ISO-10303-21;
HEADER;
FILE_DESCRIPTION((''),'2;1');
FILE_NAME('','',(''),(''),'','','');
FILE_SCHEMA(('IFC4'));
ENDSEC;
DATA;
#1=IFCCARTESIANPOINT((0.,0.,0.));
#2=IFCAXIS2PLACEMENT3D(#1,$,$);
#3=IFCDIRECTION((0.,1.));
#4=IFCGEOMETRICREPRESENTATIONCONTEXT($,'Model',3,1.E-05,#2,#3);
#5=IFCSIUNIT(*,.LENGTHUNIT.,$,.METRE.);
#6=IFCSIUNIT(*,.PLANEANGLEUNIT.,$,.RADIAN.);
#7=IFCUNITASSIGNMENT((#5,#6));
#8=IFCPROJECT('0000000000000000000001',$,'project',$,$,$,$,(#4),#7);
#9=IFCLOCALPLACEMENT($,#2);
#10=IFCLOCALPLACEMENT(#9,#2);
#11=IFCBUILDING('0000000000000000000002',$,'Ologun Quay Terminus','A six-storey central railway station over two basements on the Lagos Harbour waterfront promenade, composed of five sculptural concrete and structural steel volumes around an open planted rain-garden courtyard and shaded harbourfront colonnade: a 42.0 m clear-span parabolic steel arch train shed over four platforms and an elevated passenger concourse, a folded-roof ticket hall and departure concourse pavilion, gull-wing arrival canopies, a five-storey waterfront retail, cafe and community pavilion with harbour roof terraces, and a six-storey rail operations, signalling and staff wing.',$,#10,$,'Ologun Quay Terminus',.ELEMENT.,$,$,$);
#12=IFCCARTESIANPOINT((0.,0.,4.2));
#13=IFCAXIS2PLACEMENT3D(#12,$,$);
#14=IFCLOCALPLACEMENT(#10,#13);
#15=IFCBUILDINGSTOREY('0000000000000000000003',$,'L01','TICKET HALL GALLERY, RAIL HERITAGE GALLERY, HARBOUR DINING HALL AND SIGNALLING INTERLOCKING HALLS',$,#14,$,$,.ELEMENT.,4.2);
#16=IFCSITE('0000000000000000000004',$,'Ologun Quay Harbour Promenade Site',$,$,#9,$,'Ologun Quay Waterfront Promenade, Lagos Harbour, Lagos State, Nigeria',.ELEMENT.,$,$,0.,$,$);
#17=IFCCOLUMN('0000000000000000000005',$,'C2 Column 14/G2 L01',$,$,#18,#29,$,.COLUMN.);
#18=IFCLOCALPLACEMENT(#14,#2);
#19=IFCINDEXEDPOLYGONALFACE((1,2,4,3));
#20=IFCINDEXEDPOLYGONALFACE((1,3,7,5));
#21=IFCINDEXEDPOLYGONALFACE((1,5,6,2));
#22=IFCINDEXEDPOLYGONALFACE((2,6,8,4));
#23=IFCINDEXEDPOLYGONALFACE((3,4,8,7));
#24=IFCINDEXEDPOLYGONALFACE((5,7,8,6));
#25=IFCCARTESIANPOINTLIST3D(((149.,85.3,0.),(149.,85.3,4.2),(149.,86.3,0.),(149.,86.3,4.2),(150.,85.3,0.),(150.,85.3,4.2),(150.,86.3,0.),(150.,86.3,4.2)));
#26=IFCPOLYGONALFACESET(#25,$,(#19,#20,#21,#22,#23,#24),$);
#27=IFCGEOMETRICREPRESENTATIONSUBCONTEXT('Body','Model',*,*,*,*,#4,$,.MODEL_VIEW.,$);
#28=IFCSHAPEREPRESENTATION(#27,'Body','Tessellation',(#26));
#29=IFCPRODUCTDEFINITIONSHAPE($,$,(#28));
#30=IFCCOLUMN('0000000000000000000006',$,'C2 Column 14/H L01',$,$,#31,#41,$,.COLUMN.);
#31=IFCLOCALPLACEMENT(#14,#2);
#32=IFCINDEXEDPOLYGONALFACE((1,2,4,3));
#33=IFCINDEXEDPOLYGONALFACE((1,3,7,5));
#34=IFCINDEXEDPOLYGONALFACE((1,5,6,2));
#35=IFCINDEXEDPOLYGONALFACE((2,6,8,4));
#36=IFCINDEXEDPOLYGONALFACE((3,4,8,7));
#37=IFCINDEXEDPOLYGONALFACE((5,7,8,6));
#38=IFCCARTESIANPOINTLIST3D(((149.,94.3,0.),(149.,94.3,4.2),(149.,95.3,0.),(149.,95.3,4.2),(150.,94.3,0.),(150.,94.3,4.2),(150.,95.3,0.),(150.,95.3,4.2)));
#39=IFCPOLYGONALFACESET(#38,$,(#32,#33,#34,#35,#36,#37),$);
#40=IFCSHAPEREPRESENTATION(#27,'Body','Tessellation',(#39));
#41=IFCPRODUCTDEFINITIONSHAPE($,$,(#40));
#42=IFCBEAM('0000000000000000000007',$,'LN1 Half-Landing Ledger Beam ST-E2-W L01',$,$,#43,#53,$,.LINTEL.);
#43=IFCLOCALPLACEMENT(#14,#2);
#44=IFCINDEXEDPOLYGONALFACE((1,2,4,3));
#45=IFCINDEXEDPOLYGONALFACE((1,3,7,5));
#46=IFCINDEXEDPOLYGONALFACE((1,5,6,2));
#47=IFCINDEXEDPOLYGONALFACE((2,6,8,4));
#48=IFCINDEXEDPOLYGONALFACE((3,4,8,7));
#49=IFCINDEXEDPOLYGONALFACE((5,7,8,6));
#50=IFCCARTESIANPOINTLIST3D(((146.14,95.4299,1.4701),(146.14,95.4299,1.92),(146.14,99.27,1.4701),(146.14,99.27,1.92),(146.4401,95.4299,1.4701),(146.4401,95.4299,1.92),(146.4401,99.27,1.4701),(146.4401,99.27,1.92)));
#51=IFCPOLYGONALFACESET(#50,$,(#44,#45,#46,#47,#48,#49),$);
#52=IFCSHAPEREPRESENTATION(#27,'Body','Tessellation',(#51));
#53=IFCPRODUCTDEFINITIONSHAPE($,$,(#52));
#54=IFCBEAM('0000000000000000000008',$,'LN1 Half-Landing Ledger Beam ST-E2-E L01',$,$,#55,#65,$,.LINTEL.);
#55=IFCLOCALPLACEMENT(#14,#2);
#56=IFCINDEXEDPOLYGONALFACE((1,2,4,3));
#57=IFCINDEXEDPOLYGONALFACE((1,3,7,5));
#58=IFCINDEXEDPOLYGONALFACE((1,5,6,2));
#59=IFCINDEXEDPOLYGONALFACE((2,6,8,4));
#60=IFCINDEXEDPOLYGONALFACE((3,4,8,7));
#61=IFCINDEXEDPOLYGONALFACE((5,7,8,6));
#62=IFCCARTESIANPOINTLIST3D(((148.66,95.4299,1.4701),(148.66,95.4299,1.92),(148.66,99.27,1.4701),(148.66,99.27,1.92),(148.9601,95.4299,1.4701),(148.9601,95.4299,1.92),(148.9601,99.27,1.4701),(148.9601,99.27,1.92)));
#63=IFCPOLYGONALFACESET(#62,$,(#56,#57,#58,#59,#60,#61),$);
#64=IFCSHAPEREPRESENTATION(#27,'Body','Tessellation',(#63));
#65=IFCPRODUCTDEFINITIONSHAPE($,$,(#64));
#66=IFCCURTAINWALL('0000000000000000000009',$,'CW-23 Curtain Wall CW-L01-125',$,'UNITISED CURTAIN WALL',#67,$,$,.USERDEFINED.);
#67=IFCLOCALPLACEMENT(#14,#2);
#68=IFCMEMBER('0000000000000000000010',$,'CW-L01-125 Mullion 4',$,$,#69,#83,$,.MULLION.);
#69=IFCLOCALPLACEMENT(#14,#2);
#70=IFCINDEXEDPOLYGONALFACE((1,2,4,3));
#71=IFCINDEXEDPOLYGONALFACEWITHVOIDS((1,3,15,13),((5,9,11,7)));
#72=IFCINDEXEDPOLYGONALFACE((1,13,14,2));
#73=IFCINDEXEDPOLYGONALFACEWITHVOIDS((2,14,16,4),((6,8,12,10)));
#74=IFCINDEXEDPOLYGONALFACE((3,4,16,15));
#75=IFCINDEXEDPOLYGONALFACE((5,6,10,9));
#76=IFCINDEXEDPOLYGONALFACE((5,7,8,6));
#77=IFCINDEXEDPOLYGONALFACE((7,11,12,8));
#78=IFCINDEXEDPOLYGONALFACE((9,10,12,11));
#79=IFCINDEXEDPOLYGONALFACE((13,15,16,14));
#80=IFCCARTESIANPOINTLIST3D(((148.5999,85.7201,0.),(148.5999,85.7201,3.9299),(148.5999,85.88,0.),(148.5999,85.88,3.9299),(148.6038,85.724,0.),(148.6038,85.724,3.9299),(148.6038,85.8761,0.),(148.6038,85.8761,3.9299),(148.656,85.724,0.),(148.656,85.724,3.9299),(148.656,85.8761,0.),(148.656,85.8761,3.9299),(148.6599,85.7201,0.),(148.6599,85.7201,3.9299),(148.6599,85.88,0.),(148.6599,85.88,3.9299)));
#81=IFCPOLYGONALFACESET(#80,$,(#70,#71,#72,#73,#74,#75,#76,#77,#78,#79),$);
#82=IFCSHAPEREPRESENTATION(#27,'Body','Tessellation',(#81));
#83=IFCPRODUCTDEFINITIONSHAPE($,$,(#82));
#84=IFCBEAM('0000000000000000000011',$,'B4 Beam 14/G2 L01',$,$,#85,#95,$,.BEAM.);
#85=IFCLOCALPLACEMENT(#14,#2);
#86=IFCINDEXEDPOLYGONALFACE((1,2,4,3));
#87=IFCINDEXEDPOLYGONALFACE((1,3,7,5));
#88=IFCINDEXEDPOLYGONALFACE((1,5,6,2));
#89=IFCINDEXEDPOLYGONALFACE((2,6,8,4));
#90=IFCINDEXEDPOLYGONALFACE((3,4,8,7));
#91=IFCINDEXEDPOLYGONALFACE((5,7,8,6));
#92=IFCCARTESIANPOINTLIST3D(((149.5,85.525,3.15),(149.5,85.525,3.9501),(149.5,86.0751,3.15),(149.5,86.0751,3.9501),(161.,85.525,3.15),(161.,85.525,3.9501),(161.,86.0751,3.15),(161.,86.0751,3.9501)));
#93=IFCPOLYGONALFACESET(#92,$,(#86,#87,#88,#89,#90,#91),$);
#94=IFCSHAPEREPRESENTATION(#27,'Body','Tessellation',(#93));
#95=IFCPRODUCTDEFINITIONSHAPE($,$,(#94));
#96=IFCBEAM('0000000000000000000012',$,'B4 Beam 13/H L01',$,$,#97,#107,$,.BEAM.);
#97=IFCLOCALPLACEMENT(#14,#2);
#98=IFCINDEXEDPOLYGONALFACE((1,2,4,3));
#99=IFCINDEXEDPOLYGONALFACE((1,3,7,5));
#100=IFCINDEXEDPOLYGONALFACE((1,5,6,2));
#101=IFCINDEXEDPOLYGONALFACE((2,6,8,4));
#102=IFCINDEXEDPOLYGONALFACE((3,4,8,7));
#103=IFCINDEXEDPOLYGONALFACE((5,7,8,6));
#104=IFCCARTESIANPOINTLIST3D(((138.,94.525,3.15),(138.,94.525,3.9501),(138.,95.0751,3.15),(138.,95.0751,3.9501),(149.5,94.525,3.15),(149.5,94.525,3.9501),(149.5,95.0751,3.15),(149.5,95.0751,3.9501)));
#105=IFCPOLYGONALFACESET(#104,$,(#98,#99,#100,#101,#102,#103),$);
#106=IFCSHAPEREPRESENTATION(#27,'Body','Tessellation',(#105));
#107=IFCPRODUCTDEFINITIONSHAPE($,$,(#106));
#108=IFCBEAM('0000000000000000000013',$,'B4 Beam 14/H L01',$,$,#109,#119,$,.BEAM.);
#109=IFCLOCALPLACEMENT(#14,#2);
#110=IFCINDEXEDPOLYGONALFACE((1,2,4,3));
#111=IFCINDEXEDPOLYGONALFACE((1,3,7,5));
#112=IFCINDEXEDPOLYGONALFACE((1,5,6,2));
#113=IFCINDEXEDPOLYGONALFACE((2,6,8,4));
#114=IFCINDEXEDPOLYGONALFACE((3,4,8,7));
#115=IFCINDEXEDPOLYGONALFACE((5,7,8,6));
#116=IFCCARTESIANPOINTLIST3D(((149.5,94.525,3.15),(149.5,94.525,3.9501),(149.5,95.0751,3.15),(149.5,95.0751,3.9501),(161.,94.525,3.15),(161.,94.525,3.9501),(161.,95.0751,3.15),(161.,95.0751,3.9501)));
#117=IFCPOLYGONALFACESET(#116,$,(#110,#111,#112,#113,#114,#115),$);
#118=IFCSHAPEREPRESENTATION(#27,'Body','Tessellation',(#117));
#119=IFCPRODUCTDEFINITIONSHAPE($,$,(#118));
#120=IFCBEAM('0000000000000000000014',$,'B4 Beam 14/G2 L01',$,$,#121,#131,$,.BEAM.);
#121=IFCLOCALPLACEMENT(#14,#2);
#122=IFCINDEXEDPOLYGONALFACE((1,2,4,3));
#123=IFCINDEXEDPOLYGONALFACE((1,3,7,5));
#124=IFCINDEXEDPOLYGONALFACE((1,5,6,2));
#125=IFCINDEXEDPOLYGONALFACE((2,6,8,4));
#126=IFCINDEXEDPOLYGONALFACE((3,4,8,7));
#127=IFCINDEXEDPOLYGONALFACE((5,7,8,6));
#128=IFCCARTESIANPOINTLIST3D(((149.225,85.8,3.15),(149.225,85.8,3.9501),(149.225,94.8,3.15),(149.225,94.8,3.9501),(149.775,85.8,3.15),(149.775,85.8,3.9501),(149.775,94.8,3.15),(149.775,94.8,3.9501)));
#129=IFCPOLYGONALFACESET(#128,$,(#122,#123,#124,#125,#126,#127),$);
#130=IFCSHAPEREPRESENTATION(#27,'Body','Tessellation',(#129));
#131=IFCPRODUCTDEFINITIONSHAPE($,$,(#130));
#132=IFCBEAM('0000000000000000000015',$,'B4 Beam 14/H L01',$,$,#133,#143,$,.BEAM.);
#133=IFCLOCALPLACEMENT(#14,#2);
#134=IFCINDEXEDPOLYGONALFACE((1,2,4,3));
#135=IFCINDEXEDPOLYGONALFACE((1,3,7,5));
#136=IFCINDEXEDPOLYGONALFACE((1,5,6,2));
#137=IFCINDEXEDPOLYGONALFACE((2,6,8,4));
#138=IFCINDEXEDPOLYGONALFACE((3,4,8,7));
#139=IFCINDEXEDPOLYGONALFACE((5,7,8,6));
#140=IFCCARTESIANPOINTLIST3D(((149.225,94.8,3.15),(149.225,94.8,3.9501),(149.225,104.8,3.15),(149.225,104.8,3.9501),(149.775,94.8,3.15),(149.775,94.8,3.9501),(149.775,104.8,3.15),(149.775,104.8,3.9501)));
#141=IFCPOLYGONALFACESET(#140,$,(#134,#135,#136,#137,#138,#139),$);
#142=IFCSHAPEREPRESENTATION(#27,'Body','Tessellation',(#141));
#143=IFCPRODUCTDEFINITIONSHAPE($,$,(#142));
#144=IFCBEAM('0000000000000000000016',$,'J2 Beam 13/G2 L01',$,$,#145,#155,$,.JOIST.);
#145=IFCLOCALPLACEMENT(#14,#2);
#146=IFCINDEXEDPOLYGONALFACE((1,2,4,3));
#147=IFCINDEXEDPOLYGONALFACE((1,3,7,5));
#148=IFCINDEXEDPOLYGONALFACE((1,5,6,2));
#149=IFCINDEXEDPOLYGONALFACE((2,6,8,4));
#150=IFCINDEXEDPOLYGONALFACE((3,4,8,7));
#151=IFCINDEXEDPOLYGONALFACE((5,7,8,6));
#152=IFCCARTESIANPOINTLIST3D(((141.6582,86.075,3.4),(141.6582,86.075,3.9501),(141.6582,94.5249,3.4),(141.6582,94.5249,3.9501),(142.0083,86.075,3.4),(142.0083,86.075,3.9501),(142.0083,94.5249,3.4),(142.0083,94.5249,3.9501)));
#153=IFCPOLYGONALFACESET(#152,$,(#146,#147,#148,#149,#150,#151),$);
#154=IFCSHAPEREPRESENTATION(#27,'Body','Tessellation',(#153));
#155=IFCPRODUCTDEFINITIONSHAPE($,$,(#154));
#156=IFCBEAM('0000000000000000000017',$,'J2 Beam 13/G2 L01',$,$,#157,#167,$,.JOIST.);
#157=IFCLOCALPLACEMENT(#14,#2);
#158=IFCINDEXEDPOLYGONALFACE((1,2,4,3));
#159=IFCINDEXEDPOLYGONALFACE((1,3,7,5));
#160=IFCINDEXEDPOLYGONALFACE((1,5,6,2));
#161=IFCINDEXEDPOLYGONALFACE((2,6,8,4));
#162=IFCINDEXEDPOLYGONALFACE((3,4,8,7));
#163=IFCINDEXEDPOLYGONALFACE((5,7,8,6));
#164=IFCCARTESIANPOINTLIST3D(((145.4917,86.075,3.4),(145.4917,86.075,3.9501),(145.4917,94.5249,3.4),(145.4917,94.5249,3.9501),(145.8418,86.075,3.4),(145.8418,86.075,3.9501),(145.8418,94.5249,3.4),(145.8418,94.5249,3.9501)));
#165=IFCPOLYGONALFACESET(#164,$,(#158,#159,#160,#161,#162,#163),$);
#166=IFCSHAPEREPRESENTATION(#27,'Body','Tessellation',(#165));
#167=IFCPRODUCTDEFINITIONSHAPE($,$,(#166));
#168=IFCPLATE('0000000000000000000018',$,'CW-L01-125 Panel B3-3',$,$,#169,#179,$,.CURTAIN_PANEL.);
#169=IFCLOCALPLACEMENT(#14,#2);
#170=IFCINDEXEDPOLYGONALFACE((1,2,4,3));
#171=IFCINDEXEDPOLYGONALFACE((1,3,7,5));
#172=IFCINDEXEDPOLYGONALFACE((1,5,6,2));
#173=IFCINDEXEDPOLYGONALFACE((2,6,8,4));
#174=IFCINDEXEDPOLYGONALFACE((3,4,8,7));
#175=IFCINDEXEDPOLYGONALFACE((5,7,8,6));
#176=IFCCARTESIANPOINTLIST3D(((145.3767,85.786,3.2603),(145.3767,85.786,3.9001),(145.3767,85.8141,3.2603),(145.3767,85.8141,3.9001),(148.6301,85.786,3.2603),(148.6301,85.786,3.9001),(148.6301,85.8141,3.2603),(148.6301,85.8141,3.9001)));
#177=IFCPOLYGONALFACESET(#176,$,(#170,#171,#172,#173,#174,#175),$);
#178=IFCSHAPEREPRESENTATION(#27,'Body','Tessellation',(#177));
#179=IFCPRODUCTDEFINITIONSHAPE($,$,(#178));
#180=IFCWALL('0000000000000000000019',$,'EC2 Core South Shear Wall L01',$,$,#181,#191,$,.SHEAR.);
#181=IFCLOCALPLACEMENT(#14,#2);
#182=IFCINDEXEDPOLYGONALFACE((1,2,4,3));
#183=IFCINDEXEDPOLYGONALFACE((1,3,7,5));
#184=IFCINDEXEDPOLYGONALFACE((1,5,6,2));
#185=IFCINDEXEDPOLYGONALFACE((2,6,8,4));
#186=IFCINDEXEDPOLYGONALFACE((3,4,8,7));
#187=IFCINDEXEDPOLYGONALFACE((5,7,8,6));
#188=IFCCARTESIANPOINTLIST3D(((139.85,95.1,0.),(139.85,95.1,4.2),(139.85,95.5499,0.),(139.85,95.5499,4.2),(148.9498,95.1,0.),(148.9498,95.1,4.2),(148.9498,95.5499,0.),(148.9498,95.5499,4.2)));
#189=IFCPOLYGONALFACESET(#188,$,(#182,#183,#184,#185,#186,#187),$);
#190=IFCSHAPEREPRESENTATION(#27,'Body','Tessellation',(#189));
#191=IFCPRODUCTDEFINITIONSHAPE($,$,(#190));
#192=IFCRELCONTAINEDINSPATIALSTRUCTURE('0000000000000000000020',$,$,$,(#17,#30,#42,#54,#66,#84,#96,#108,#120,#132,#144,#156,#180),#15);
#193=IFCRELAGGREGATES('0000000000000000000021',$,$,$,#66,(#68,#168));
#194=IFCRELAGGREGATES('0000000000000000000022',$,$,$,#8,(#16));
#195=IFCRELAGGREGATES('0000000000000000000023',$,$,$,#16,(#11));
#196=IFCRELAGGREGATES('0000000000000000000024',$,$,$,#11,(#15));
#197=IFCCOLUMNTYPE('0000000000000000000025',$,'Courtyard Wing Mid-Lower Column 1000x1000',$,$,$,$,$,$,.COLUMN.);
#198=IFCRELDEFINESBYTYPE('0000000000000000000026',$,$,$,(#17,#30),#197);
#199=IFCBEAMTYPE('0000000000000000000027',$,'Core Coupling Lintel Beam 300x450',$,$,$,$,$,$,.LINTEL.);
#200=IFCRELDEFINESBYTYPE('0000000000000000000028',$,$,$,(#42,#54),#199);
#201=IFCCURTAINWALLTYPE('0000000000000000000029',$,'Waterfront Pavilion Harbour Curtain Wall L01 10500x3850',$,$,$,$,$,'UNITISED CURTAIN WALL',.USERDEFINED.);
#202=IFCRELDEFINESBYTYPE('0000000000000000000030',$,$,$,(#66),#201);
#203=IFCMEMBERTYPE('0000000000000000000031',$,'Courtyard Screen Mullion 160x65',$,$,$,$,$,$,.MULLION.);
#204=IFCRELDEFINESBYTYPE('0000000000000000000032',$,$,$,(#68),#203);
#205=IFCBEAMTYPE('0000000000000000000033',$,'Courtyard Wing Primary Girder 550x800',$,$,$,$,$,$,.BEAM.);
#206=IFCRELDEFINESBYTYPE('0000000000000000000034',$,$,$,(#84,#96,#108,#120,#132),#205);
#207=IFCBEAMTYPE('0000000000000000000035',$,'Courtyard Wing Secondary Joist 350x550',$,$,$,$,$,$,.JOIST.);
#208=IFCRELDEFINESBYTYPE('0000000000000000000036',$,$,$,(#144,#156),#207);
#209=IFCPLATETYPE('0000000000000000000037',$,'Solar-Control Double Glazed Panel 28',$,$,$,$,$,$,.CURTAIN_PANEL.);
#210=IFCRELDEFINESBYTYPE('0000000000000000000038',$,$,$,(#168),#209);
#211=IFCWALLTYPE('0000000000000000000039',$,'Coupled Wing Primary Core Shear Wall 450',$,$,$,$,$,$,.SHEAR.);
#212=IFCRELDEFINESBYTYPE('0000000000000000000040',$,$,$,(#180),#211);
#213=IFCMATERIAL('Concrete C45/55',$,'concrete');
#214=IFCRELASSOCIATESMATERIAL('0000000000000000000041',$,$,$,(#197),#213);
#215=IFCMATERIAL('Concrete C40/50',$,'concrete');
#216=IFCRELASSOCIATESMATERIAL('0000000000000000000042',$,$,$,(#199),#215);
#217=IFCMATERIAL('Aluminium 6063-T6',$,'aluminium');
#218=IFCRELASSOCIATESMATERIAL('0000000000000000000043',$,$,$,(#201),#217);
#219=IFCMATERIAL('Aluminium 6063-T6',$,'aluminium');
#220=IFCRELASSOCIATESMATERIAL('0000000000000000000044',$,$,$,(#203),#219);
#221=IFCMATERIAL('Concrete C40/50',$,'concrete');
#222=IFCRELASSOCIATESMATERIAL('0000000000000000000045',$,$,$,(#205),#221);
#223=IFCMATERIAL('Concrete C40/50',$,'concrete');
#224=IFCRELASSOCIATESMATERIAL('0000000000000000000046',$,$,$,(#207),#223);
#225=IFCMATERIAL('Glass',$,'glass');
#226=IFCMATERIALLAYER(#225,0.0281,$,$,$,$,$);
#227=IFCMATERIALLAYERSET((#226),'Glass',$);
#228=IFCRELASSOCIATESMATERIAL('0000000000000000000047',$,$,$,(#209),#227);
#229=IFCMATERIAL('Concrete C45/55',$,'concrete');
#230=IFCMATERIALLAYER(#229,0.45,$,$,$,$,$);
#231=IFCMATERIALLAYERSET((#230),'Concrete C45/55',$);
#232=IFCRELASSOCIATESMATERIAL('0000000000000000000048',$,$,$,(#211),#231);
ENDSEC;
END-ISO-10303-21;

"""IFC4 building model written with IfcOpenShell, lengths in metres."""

from ifc_helpers import new_model, si_unit, direction, frame, frame_2d, origin, origin_2d, place, context, subcontext, project, spatial, rectangle, hollow_rectangle, extrude, material, layer, layer_set, material_profile, profile_set, type_object, element, aggregate, save


model = new_model("IFC4")

# Units and contexts
model_context = context("Model", 3, precision=1e-05, world=origin(), true_north=direction((0.0, 1.0)))
body_context = subcontext(model_context, "Body", "Model", "MODEL_VIEW")
ifc_project = project(units=[si_unit("LENGTHUNIT", "METRE"), si_unit("PLANEANGLEUNIT", "RADIAN")], contexts=[model_context])

# Site, building, storey
site_placement = place(None, origin())
site = spatial("IfcSite", under=ifc_project, at=site_placement, Name="Ologun Quay Harbour Promenade Site", LongName="Ologun Quay Waterfront Promenade, Lagos Harbour, Lagos State, Nigeria", CompositionType="ELEMENT", RefElevation=0.0)
building_placement = place(site_placement, origin())
building = spatial("IfcBuilding", under=site, at=building_placement, Name="Ologun Quay Terminus", Description="A six-storey central railway station over two basements on the Lagos Harbour waterfront promenade, composed of five sculptural concrete and structural steel volumes around an open planted rain-garden courtyard and shaded harbourfront colonnade: a 42.0 m clear-span parabolic steel arch train shed over four platforms and an elevated passenger concourse, a folded-roof ticket hall and departure concourse pavilion, gull-wing arrival canopies, a five-storey waterfront retail, cafe and community pavilion with harbour roof terraces, and a six-storey rail operations, signalling and staff wing.", LongName="Ologun Quay Terminus", CompositionType="ELEMENT")
storey_placement = place(building_placement, frame((0.0, 0.0, 4.2)))
storey = spatial("IfcBuildingStorey", under=building, at=storey_placement, Name="L01", Description="TICKET HALL GALLERY, RAIL HERITAGE GALLERY, HARBOUR DINING HALL AND SIGNALLING INTERLOCKING HALLS", CompositionType="ELEMENT", Elevation=4.2)

# Columns
ifc_material_1 = material(Name="Concrete C45/55", Category="concrete")
ifc_material_profile_1 = material_profile(ifc_material_1, rectangle(XDim=1.0, YDim=1.0, at=origin_2d()), Name="RC 1000x1000")
ifc_profile_set_1 = profile_set([ifc_material_profile_1], Name="Concrete C45/55")
column_type = type_object("IfcColumnType", Name="Courtyard Wing Mid-Lower Column 1000x1000", PredefinedType="COLUMN", material=ifc_profile_set_1)
for number, where, z_axis, x_axis, name in (
    (1, (149.5, 85.8, 0.0), (0.0, 0.0, 1.0), (1.0, 0.0, 0.0), "C2 Column 14/G2 L01"),
    (2, (149.5, 94.8, 0.0), (0.0, 0.0, 1.0), (1.0, 0.0, 0.0), "C2 Column 14/H L01"),
):
    element("IfcColumn", number, at=place(storey_placement, frame(where, z_axis=z_axis, x_axis=x_axis)), inside=storey, type_object=column_type, Name=name, PredefinedType="COLUMN", context=body_context, shape_type="SweptSolid", body=[
        extrude(rectangle(XDim=1.0, YDim=1.0, at=origin_2d()), origin(), (0.0, 0.0, 1.0), 4.2),
    ])

# Beams
ifc_material_2 = material(Name="Concrete C40/50", Category="concrete")
ifc_material_profile_2 = material_profile(ifc_material_2, rectangle(XDim=0.3, YDim=0.45, at=origin_2d()), Name="RC 300x450")
ifc_profile_set_2 = profile_set([ifc_material_profile_2], Name="Concrete C40/50")
beam_type_1 = type_object("IfcBeamType", Name="Core Coupling Lintel Beam 300x450", PredefinedType="LINTEL", material=ifc_profile_set_2)
for number, where, z_axis, x_axis, name in (
    (3, (146.29, 95.4299, 1.6951), (0.0, 1.0, 0.0), (-1.0, 0.0, 0.0), "LN1 Half-Landing Ledger Beam ST-E2-W L01"),
    (4, (148.8101, 95.4299, 1.6951), (0.0, 1.0, 0.0), (-1.0, 0.0, 0.0), "LN1 Half-Landing Ledger Beam ST-E2-E L01"),
):
    element("IfcBeam", number, at=place(storey_placement, frame(where, z_axis=z_axis, x_axis=x_axis)), inside=storey, type_object=beam_type_1, Name=name, PredefinedType="LINTEL", context=body_context, shape_type="SweptSolid", body=[
        extrude(rectangle(XDim=0.3, YDim=0.45, at=origin_2d()), origin(), (0.0, 0.0, 1.0), 3.8401),
    ])

# Curtain wall, member
ifc_material_3 = material(Name="Aluminium 6063-T6", Category="aluminium")
curtain_wall_type = type_object("IfcCurtainWallType", Name="Waterfront Pavilion Harbour Curtain Wall L01 10500x3850", ElementType="UNITISED CURTAIN WALL", PredefinedType="USERDEFINED", material=ifc_material_3)
curtain_wall_placement = place(storey_placement, origin())
curtain_wall = element("IfcCurtainWall", 5, at=curtain_wall_placement, inside=storey, type_object=curtain_wall_type, Name="CW-23 Curtain Wall CW-L01-125", ObjectType="UNITISED CURTAIN WALL", PredefinedType="USERDEFINED")
ifc_material_4 = material(Name="Aluminium 6063-T6", Category="aluminium")
ifc_material_profile_3 = material_profile(ifc_material_4, hollow_rectangle(XDim=0.0601, YDim=0.1599, WallThickness=0.0039, at=origin_2d()), Name="ALU 160x60x4")
ifc_profile_set_3 = profile_set([ifc_material_profile_3], Name="Aluminium 6063-T6")
member_type = type_object("IfcMemberType", Name="Courtyard Screen Mullion 160x65", PredefinedType="MULLION", material=ifc_profile_set_3)
member_placement = place(storey_placement, frame((148.6299, 85.8, 0.0), z_axis=(0.0, 0.0, 1.0), x_axis=(1.0, 0.0, 0.0)))
member = element("IfcMember", 6, at=member_placement, type_object=member_type, Name="CW-L01-125 Mullion 4", PredefinedType="MULLION", context=body_context, shape_type="SweptSolid", body=[
    extrude(hollow_rectangle(XDim=0.0601, YDim=0.1599, WallThickness=0.0039, at=origin_2d()), origin(), (0.0, 0.0, 1.0), 3.9299),
])

# Beams
ifc_material_5 = material(Name="Concrete C40/50", Category="concrete")
ifc_material_profile_4 = material_profile(ifc_material_5, rectangle(XDim=0.55, YDim=0.8, at=origin_2d()), Name="RC 550x800")
ifc_profile_set_4 = profile_set([ifc_material_profile_4], Name="Concrete C40/50")
beam_type_2 = type_object("IfcBeamType", Name="Courtyard Wing Primary Girder 550x800", PredefinedType="BEAM", material=ifc_profile_set_4)
for number, where, z_axis, x_axis, name in (
    (7, (149.5, 85.8, 3.55), (1.0, 0.0, 0.0), (0.0, 1.0, 0.0), "B4 Beam 14/G2 L01"),
    (8, (138.0, 94.8, 3.55), (1.0, 0.0, 0.0), (0.0, 1.0, 0.0), "B4 Beam 13/H L01"),
    (9, (149.5, 94.8, 3.55), (1.0, 0.0, 0.0), (0.0, 1.0, 0.0), "B4 Beam 14/H L01"),
):
    element("IfcBeam", number, at=place(storey_placement, frame(where, z_axis=z_axis, x_axis=x_axis)), inside=storey, type_object=beam_type_2, Name=name, PredefinedType="BEAM", context=body_context, shape_type="SweptSolid", body=[
        extrude(rectangle(XDim=0.55, YDim=0.8, at=origin_2d()), origin(), (0.0, 0.0, 1.0), 11.5),
    ])
beam_1_placement = place(storey_placement, frame((149.5, 85.8, 3.55), z_axis=(0.0, 1.0, 0.0), x_axis=(-1.0, 0.0, 0.0)))
element("IfcBeam", 10, at=beam_1_placement, inside=storey, type_object=beam_type_2, Name="B4 Beam 14/G2 L01", PredefinedType="BEAM", context=body_context, shape_type="SweptSolid", body=[
    extrude(rectangle(XDim=0.55, YDim=0.8, at=origin_2d()), origin(), (0.0, 0.0, 1.0), 9.0),
])
beam_2_placement = place(storey_placement, frame((149.5, 94.8, 3.55), z_axis=(0.0, 1.0, 0.0), x_axis=(-1.0, 0.0, 0.0)))
element("IfcBeam", 11, at=beam_2_placement, inside=storey, type_object=beam_type_2, Name="B4 Beam 14/H L01", PredefinedType="BEAM", context=body_context, shape_type="SweptSolid", body=[
    extrude(rectangle(XDim=0.55, YDim=0.8, at=origin_2d()), origin(), (0.0, 0.0, 1.0), 10.0),
])
ifc_material_6 = material(Name="Concrete C40/50", Category="concrete")
ifc_material_profile_5 = material_profile(ifc_material_6, rectangle(XDim=0.3501, YDim=0.55, at=origin_2d()), Name="RC 350x550")
ifc_profile_set_5 = profile_set([ifc_material_profile_5], Name="Concrete C40/50")
beam_type_3 = type_object("IfcBeamType", Name="Courtyard Wing Secondary Joist 350x550", PredefinedType="JOIST", material=ifc_profile_set_5)
for number, where, z_axis, x_axis, name in (
    (12, (141.8333, 86.075, 3.675), (0.0, 1.0, 0.0), (-1.0, 0.0, 0.0), "J2 Beam 13/G2 L01"),
    (13, (145.6667, 86.075, 3.675), (0.0, 1.0, 0.0), (-1.0, 0.0, 0.0), "J2 Beam 13/G2 L01"),
):
    element("IfcBeam", number, at=place(storey_placement, frame(where, z_axis=z_axis, x_axis=x_axis)), inside=storey, type_object=beam_type_3, Name=name, PredefinedType="JOIST", context=body_context, shape_type="SweptSolid", body=[
        extrude(rectangle(XDim=0.3501, YDim=0.55, at=origin_2d()), origin(), (0.0, 0.0, 1.0), 8.45),
    ])

# Plate
ifc_material_7 = material(Name="Glass", Category="glass")
ifc_layer_1 = layer(ifc_material_7, 0.0281)
ifc_layer_set_1 = layer_set([ifc_layer_1], Name="Glass")
plate_type = type_object("IfcPlateType", Name="Solar-Control Double Glazed Panel 28", PredefinedType="CURTAIN_PANEL", material=ifc_layer_set_1)
plate_placement = place(storey_placement, frame((147.0034, 85.8, 3.2603), z_axis=(0.0, 0.0, 1.0), x_axis=(1.0, 0.0, 0.0)))
plate = element("IfcPlate", 14, at=plate_placement, type_object=plate_type, Name="CW-L01-125 Panel B3-3", PredefinedType="CURTAIN_PANEL", context=body_context, shape_type="SweptSolid", body=[
    extrude(rectangle(XDim=3.2534, YDim=0.0281, at=origin_2d()), origin(), (0.0, 0.0, 1.0), 0.6399),
])
aggregate(curtain_wall, [member, plate])

# Wall
ifc_material_8 = material(Name="Concrete C45/55", Category="concrete")
ifc_layer_2 = layer(ifc_material_8, 0.45)
ifc_layer_set_2 = layer_set([ifc_layer_2], Name="Concrete C45/55")
wall_type_1 = type_object("IfcWallType", Name="Coupled Wing Primary Core Shear Wall 450", PredefinedType="SHEAR", material=ifc_layer_set_2)
wall_1_placement = place(storey_placement, frame((139.8501, 95.325, 0.0), z_axis=(0.0, 0.0, 1.0), x_axis=(1.0, 0.0, 0.0)))
element("IfcWall", 15, at=wall_1_placement, inside=storey, type_object=wall_type_1, Name="EC2 Core South Shear Wall L01", PredefinedType="SHEAR", context=body_context, shape_type="SweptSolid", body=[
    extrude(rectangle(XDim=9.0999, YDim=0.45, at=frame_2d((4.5498, 0.0))), origin(), (0.0, 0.0, 1.0), 4.2),
])

save(model, "model.ifc")
